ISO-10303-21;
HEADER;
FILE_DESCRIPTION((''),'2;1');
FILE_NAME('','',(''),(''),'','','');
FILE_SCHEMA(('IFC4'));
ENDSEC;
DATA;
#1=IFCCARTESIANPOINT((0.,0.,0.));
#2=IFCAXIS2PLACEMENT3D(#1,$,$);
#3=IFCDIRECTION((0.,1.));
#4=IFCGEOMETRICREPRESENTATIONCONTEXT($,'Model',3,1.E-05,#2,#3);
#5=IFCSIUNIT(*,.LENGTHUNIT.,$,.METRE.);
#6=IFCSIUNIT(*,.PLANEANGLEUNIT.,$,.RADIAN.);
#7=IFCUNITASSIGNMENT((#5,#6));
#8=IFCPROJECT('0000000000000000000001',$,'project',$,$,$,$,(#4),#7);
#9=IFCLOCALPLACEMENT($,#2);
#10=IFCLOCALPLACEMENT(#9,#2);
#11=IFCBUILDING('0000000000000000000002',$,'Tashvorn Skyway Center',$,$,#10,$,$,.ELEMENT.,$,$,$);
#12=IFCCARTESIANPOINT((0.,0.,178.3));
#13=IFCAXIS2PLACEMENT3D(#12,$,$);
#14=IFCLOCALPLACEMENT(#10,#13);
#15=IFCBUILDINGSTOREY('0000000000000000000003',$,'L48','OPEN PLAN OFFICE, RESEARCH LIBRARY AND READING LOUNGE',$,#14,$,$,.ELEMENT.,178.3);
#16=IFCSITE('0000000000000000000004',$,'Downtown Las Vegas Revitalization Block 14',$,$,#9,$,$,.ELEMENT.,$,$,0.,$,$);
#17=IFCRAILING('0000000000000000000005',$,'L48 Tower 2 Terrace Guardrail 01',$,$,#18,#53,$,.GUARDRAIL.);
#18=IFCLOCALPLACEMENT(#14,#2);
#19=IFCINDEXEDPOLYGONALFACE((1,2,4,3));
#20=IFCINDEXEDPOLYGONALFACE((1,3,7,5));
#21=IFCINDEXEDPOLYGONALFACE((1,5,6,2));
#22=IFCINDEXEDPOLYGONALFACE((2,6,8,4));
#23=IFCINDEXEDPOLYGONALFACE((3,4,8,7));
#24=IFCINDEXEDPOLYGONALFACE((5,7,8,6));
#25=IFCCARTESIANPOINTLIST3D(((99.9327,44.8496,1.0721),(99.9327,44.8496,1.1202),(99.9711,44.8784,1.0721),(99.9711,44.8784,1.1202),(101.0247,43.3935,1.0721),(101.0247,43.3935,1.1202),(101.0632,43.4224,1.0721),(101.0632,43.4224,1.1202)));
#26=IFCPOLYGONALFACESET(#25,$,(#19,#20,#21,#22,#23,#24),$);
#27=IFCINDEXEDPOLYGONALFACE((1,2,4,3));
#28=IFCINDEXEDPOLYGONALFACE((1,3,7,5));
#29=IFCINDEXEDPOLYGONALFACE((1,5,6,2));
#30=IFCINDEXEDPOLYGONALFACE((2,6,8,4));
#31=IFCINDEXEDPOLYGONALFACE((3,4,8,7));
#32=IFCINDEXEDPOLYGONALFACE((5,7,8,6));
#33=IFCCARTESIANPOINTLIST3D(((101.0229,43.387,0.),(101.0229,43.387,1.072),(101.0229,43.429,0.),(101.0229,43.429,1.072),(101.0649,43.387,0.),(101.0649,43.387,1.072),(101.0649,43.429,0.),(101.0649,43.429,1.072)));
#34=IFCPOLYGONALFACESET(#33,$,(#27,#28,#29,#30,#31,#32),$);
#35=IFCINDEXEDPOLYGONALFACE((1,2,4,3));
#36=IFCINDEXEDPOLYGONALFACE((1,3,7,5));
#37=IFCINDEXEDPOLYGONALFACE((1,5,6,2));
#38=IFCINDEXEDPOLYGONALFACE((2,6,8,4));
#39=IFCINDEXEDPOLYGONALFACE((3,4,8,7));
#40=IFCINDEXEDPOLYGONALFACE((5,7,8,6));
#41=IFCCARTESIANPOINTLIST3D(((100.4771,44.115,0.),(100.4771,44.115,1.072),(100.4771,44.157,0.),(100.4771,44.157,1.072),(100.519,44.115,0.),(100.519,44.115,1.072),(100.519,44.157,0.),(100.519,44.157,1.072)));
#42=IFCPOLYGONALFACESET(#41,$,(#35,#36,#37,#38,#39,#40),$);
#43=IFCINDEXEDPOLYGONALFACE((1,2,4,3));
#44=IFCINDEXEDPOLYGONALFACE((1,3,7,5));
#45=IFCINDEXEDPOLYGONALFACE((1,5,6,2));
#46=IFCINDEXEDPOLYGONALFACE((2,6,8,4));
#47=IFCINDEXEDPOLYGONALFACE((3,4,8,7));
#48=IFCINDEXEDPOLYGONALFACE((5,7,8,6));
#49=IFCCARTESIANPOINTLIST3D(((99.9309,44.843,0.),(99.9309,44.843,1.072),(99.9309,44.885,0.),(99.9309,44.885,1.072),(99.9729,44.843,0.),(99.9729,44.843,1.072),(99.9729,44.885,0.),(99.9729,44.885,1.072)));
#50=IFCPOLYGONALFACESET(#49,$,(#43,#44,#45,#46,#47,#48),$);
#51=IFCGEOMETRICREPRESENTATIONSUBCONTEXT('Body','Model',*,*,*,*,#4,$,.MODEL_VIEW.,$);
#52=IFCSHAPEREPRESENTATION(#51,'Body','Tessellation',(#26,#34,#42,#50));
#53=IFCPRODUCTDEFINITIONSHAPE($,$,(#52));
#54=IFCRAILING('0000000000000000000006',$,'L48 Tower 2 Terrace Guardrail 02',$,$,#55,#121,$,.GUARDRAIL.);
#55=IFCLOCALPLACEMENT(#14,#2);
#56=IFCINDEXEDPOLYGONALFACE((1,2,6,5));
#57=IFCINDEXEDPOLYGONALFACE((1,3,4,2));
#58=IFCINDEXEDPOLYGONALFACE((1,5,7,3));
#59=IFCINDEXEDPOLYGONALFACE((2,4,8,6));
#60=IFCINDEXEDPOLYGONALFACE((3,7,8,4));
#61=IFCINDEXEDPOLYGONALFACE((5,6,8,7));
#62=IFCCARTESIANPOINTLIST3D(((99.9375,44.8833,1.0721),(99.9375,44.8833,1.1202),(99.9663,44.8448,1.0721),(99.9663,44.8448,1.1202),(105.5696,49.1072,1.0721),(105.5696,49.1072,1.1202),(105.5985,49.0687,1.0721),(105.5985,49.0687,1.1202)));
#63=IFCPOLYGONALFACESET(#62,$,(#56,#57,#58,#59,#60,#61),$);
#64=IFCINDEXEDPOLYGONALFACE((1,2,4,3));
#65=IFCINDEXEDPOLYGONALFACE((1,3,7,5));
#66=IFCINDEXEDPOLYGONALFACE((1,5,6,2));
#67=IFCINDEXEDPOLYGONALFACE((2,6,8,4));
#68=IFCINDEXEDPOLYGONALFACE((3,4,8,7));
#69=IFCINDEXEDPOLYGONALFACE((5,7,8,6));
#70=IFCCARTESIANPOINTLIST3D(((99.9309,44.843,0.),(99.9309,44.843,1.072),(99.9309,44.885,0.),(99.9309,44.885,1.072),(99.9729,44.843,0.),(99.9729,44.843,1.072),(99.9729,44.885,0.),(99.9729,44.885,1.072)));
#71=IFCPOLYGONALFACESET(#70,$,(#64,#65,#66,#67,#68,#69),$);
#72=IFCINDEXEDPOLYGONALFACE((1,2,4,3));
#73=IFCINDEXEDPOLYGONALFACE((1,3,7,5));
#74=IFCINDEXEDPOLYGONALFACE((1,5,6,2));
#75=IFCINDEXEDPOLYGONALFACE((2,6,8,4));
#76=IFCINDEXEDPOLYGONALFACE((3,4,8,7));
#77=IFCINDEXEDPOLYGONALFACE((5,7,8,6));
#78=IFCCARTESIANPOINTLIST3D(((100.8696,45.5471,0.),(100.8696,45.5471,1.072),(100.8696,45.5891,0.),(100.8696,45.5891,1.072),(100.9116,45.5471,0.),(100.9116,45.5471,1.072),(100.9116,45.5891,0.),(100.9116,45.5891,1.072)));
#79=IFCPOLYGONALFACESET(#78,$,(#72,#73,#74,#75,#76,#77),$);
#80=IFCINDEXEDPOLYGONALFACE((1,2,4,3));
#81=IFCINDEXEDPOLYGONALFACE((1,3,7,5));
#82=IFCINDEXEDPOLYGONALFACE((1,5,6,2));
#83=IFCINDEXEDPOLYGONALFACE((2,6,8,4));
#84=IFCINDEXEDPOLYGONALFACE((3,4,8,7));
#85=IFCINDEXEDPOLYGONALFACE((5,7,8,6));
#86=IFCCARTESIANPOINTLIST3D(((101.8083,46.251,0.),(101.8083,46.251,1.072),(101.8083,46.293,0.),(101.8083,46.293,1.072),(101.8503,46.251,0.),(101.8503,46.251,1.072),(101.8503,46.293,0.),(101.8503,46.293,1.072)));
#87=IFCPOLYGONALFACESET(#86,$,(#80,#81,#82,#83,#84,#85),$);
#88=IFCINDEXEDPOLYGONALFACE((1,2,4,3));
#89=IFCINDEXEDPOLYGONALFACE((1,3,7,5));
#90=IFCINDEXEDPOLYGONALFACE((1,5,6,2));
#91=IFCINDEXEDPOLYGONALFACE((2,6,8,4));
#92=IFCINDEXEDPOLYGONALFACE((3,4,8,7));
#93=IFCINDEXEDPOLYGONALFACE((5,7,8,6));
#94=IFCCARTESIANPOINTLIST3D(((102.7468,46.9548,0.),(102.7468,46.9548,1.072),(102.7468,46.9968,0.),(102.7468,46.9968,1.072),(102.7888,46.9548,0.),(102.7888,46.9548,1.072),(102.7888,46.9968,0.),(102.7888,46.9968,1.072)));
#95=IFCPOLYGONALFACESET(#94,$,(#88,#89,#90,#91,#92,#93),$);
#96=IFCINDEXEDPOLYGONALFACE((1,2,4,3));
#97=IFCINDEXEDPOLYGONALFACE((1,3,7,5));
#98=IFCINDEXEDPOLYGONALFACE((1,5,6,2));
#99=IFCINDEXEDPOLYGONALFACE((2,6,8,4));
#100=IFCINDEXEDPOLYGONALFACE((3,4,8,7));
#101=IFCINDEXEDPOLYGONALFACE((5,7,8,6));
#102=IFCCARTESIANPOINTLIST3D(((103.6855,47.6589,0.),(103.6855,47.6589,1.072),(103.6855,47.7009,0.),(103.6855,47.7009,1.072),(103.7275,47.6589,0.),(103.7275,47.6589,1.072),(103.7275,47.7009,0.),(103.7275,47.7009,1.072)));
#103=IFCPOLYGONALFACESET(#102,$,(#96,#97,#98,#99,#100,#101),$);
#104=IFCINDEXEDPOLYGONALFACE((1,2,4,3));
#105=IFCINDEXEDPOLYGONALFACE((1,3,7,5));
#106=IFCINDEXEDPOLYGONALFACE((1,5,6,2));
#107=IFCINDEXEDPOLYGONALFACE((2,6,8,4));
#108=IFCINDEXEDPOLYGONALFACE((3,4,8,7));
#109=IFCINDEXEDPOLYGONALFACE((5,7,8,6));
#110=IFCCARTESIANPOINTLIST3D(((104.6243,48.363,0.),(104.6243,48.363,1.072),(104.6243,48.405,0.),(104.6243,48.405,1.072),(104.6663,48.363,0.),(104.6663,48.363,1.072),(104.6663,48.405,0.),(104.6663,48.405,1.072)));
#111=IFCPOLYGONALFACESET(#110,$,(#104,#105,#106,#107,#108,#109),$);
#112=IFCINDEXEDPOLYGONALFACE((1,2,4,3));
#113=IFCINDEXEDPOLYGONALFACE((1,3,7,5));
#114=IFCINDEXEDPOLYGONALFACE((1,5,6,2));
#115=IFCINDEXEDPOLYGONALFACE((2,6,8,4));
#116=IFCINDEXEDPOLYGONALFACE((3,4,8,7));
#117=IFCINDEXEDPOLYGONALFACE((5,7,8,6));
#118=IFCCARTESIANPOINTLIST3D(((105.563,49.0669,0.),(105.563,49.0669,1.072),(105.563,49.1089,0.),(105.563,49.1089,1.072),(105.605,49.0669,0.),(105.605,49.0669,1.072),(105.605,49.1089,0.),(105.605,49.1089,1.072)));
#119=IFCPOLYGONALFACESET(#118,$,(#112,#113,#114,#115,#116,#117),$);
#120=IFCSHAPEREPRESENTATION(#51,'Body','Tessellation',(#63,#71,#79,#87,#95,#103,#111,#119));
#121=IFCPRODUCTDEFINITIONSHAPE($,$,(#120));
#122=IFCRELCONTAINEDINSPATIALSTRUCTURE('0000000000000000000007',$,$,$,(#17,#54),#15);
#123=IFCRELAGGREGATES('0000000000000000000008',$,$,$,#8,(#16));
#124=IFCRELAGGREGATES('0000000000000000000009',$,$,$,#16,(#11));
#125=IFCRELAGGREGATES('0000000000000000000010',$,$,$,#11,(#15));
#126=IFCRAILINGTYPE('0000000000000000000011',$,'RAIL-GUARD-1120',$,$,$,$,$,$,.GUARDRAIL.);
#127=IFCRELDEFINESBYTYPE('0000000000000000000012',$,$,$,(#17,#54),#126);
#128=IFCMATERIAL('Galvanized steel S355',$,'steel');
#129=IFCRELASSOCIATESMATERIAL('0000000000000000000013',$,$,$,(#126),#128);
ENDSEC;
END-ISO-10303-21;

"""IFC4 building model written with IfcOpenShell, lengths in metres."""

from ifc_helpers import new_model, si_unit, direction, frame, origin, origin_2d, place, context, subcontext, project, spatial, rectangle, extrude, material, type_object, element, save


model = new_model("IFC4")

# Units and contexts
model_context = context("Model", 3, precision=1e-05, world=origin(), true_north=direction((0.0, 1.0)))
body_context = subcontext(model_context, "Body", "Model", "MODEL_VIEW")
ifc_project = project(units=[si_unit("LENGTHUNIT", "METRE"), si_unit("PLANEANGLEUNIT", "RADIAN")], contexts=[model_context])

# Site, building, storey
site_placement = place(None, origin())
site = spatial("IfcSite", under=ifc_project, at=site_placement, Name="Downtown Las Vegas Revitalization Block 14", CompositionType="ELEMENT", RefElevation=0.0)
building_placement = place(site_placement, origin())
building = spatial("IfcBuilding", under=site, at=building_placement, Name="Tashvorn Skyway Center", CompositionType="ELEMENT")
storey_placement = place(building_placement, frame((0.0, 0.0, 178.3)))
storey = spatial("IfcBuildingStorey", under=building, at=storey_placement, Name="L48", Description="OPEN PLAN OFFICE, RESEARCH LIBRARY AND READING LOUNGE", CompositionType="ELEMENT", Elevation=178.3)

# Railings
ifc_material_1 = material(Name="Galvanized steel S355", Category="steel")
railing_type = type_object("IfcRailingType", Name="RAIL-GUARD-1120", PredefinedType="GUARDRAIL", material=ifc_material_1)
railing_1_placement = place(storey_placement, frame((101.0439, 43.408, 0.0)))
element("IfcRailing", 1, at=railing_1_placement, inside=storey, type_object=railing_type, Name="L48 Tower 2 Terrace Guardrail 01", PredefinedType="GUARDRAIL", context=body_context, shape_type="SweptSolid", body=[
    extrude(rectangle(XDim=0.0481, YDim=0.0481, at=origin_2d()), frame((0.0, 0.0, 1.0962), z_axis=(-0.6, 0.8, 0.0), x_axis=(-0.8, -0.6, 0.0)), (0.0, 0.0, 1.0), 1.8201),
    extrude(rectangle(XDim=0.042, YDim=0.042, at=origin_2d()), origin(), (0.0, 0.0, 1.0), 1.072),
    extrude(rectangle(XDim=0.042, YDim=0.042, at=origin_2d()), frame((-0.5459, 0.728, 0.0)), (0.0, 0.0, 1.0), 1.072),
    extrude(rectangle(XDim=0.042, YDim=0.042, at=origin_2d()), frame((-1.092, 1.4561, 0.0)), (0.0, 0.0, 1.0), 1.072),
])
railing_2_placement = place(storey_placement, frame((99.9519, 44.864, 0.0)))
element("IfcRailing", 2, at=railing_2_placement, inside=storey, type_object=railing_type, Name="L48 Tower 2 Terrace Guardrail 02", PredefinedType="GUARDRAIL", context=body_context, shape_type="SweptSolid", body=[
    extrude(rectangle(XDim=0.0481, YDim=0.0481, at=origin_2d()), frame((0.0, 0.0, 1.0962), z_axis=(0.800012, 0.599983, 0.0), x_axis=(-0.599983, 0.800012, 0.0)), (0.0, 0.0, 1.0), 7.04),
    extrude(rectangle(XDim=0.042, YDim=0.042, at=origin_2d()), origin(), (0.0, 0.0, 1.0), 1.072),
    extrude(rectangle(XDim=0.042, YDim=0.042, at=origin_2d()), frame((0.9387, 0.7041, 0.0)), (0.0, 0.0, 1.0), 1.072),
    extrude(rectangle(XDim=0.042, YDim=0.042, at=origin_2d()), frame((1.8774, 1.408, 0.0)), (0.0, 0.0, 1.0), 1.072),
    extrude(rectangle(XDim=0.042, YDim=0.042, at=origin_2d()), frame((2.8159, 2.1118, 0.0)), (0.0, 0.0, 1.0), 1.072),
    extrude(rectangle(XDim=0.042, YDim=0.042, at=origin_2d()), frame((3.7546, 2.8159, 0.0)), (0.0, 0.0, 1.0), 1.072),
    extrude(rectangle(XDim=0.042, YDim=0.042, at=origin_2d()), frame((4.6934, 3.52, 0.0)), (0.0, 0.0, 1.0), 1.072),
    extrude(rectangle(XDim=0.042, YDim=0.042, at=origin_2d()), frame((5.6321, 4.2239, 0.0)), (0.0, 0.0, 1.0), 1.072),
])

save(model, "model.ifc")
